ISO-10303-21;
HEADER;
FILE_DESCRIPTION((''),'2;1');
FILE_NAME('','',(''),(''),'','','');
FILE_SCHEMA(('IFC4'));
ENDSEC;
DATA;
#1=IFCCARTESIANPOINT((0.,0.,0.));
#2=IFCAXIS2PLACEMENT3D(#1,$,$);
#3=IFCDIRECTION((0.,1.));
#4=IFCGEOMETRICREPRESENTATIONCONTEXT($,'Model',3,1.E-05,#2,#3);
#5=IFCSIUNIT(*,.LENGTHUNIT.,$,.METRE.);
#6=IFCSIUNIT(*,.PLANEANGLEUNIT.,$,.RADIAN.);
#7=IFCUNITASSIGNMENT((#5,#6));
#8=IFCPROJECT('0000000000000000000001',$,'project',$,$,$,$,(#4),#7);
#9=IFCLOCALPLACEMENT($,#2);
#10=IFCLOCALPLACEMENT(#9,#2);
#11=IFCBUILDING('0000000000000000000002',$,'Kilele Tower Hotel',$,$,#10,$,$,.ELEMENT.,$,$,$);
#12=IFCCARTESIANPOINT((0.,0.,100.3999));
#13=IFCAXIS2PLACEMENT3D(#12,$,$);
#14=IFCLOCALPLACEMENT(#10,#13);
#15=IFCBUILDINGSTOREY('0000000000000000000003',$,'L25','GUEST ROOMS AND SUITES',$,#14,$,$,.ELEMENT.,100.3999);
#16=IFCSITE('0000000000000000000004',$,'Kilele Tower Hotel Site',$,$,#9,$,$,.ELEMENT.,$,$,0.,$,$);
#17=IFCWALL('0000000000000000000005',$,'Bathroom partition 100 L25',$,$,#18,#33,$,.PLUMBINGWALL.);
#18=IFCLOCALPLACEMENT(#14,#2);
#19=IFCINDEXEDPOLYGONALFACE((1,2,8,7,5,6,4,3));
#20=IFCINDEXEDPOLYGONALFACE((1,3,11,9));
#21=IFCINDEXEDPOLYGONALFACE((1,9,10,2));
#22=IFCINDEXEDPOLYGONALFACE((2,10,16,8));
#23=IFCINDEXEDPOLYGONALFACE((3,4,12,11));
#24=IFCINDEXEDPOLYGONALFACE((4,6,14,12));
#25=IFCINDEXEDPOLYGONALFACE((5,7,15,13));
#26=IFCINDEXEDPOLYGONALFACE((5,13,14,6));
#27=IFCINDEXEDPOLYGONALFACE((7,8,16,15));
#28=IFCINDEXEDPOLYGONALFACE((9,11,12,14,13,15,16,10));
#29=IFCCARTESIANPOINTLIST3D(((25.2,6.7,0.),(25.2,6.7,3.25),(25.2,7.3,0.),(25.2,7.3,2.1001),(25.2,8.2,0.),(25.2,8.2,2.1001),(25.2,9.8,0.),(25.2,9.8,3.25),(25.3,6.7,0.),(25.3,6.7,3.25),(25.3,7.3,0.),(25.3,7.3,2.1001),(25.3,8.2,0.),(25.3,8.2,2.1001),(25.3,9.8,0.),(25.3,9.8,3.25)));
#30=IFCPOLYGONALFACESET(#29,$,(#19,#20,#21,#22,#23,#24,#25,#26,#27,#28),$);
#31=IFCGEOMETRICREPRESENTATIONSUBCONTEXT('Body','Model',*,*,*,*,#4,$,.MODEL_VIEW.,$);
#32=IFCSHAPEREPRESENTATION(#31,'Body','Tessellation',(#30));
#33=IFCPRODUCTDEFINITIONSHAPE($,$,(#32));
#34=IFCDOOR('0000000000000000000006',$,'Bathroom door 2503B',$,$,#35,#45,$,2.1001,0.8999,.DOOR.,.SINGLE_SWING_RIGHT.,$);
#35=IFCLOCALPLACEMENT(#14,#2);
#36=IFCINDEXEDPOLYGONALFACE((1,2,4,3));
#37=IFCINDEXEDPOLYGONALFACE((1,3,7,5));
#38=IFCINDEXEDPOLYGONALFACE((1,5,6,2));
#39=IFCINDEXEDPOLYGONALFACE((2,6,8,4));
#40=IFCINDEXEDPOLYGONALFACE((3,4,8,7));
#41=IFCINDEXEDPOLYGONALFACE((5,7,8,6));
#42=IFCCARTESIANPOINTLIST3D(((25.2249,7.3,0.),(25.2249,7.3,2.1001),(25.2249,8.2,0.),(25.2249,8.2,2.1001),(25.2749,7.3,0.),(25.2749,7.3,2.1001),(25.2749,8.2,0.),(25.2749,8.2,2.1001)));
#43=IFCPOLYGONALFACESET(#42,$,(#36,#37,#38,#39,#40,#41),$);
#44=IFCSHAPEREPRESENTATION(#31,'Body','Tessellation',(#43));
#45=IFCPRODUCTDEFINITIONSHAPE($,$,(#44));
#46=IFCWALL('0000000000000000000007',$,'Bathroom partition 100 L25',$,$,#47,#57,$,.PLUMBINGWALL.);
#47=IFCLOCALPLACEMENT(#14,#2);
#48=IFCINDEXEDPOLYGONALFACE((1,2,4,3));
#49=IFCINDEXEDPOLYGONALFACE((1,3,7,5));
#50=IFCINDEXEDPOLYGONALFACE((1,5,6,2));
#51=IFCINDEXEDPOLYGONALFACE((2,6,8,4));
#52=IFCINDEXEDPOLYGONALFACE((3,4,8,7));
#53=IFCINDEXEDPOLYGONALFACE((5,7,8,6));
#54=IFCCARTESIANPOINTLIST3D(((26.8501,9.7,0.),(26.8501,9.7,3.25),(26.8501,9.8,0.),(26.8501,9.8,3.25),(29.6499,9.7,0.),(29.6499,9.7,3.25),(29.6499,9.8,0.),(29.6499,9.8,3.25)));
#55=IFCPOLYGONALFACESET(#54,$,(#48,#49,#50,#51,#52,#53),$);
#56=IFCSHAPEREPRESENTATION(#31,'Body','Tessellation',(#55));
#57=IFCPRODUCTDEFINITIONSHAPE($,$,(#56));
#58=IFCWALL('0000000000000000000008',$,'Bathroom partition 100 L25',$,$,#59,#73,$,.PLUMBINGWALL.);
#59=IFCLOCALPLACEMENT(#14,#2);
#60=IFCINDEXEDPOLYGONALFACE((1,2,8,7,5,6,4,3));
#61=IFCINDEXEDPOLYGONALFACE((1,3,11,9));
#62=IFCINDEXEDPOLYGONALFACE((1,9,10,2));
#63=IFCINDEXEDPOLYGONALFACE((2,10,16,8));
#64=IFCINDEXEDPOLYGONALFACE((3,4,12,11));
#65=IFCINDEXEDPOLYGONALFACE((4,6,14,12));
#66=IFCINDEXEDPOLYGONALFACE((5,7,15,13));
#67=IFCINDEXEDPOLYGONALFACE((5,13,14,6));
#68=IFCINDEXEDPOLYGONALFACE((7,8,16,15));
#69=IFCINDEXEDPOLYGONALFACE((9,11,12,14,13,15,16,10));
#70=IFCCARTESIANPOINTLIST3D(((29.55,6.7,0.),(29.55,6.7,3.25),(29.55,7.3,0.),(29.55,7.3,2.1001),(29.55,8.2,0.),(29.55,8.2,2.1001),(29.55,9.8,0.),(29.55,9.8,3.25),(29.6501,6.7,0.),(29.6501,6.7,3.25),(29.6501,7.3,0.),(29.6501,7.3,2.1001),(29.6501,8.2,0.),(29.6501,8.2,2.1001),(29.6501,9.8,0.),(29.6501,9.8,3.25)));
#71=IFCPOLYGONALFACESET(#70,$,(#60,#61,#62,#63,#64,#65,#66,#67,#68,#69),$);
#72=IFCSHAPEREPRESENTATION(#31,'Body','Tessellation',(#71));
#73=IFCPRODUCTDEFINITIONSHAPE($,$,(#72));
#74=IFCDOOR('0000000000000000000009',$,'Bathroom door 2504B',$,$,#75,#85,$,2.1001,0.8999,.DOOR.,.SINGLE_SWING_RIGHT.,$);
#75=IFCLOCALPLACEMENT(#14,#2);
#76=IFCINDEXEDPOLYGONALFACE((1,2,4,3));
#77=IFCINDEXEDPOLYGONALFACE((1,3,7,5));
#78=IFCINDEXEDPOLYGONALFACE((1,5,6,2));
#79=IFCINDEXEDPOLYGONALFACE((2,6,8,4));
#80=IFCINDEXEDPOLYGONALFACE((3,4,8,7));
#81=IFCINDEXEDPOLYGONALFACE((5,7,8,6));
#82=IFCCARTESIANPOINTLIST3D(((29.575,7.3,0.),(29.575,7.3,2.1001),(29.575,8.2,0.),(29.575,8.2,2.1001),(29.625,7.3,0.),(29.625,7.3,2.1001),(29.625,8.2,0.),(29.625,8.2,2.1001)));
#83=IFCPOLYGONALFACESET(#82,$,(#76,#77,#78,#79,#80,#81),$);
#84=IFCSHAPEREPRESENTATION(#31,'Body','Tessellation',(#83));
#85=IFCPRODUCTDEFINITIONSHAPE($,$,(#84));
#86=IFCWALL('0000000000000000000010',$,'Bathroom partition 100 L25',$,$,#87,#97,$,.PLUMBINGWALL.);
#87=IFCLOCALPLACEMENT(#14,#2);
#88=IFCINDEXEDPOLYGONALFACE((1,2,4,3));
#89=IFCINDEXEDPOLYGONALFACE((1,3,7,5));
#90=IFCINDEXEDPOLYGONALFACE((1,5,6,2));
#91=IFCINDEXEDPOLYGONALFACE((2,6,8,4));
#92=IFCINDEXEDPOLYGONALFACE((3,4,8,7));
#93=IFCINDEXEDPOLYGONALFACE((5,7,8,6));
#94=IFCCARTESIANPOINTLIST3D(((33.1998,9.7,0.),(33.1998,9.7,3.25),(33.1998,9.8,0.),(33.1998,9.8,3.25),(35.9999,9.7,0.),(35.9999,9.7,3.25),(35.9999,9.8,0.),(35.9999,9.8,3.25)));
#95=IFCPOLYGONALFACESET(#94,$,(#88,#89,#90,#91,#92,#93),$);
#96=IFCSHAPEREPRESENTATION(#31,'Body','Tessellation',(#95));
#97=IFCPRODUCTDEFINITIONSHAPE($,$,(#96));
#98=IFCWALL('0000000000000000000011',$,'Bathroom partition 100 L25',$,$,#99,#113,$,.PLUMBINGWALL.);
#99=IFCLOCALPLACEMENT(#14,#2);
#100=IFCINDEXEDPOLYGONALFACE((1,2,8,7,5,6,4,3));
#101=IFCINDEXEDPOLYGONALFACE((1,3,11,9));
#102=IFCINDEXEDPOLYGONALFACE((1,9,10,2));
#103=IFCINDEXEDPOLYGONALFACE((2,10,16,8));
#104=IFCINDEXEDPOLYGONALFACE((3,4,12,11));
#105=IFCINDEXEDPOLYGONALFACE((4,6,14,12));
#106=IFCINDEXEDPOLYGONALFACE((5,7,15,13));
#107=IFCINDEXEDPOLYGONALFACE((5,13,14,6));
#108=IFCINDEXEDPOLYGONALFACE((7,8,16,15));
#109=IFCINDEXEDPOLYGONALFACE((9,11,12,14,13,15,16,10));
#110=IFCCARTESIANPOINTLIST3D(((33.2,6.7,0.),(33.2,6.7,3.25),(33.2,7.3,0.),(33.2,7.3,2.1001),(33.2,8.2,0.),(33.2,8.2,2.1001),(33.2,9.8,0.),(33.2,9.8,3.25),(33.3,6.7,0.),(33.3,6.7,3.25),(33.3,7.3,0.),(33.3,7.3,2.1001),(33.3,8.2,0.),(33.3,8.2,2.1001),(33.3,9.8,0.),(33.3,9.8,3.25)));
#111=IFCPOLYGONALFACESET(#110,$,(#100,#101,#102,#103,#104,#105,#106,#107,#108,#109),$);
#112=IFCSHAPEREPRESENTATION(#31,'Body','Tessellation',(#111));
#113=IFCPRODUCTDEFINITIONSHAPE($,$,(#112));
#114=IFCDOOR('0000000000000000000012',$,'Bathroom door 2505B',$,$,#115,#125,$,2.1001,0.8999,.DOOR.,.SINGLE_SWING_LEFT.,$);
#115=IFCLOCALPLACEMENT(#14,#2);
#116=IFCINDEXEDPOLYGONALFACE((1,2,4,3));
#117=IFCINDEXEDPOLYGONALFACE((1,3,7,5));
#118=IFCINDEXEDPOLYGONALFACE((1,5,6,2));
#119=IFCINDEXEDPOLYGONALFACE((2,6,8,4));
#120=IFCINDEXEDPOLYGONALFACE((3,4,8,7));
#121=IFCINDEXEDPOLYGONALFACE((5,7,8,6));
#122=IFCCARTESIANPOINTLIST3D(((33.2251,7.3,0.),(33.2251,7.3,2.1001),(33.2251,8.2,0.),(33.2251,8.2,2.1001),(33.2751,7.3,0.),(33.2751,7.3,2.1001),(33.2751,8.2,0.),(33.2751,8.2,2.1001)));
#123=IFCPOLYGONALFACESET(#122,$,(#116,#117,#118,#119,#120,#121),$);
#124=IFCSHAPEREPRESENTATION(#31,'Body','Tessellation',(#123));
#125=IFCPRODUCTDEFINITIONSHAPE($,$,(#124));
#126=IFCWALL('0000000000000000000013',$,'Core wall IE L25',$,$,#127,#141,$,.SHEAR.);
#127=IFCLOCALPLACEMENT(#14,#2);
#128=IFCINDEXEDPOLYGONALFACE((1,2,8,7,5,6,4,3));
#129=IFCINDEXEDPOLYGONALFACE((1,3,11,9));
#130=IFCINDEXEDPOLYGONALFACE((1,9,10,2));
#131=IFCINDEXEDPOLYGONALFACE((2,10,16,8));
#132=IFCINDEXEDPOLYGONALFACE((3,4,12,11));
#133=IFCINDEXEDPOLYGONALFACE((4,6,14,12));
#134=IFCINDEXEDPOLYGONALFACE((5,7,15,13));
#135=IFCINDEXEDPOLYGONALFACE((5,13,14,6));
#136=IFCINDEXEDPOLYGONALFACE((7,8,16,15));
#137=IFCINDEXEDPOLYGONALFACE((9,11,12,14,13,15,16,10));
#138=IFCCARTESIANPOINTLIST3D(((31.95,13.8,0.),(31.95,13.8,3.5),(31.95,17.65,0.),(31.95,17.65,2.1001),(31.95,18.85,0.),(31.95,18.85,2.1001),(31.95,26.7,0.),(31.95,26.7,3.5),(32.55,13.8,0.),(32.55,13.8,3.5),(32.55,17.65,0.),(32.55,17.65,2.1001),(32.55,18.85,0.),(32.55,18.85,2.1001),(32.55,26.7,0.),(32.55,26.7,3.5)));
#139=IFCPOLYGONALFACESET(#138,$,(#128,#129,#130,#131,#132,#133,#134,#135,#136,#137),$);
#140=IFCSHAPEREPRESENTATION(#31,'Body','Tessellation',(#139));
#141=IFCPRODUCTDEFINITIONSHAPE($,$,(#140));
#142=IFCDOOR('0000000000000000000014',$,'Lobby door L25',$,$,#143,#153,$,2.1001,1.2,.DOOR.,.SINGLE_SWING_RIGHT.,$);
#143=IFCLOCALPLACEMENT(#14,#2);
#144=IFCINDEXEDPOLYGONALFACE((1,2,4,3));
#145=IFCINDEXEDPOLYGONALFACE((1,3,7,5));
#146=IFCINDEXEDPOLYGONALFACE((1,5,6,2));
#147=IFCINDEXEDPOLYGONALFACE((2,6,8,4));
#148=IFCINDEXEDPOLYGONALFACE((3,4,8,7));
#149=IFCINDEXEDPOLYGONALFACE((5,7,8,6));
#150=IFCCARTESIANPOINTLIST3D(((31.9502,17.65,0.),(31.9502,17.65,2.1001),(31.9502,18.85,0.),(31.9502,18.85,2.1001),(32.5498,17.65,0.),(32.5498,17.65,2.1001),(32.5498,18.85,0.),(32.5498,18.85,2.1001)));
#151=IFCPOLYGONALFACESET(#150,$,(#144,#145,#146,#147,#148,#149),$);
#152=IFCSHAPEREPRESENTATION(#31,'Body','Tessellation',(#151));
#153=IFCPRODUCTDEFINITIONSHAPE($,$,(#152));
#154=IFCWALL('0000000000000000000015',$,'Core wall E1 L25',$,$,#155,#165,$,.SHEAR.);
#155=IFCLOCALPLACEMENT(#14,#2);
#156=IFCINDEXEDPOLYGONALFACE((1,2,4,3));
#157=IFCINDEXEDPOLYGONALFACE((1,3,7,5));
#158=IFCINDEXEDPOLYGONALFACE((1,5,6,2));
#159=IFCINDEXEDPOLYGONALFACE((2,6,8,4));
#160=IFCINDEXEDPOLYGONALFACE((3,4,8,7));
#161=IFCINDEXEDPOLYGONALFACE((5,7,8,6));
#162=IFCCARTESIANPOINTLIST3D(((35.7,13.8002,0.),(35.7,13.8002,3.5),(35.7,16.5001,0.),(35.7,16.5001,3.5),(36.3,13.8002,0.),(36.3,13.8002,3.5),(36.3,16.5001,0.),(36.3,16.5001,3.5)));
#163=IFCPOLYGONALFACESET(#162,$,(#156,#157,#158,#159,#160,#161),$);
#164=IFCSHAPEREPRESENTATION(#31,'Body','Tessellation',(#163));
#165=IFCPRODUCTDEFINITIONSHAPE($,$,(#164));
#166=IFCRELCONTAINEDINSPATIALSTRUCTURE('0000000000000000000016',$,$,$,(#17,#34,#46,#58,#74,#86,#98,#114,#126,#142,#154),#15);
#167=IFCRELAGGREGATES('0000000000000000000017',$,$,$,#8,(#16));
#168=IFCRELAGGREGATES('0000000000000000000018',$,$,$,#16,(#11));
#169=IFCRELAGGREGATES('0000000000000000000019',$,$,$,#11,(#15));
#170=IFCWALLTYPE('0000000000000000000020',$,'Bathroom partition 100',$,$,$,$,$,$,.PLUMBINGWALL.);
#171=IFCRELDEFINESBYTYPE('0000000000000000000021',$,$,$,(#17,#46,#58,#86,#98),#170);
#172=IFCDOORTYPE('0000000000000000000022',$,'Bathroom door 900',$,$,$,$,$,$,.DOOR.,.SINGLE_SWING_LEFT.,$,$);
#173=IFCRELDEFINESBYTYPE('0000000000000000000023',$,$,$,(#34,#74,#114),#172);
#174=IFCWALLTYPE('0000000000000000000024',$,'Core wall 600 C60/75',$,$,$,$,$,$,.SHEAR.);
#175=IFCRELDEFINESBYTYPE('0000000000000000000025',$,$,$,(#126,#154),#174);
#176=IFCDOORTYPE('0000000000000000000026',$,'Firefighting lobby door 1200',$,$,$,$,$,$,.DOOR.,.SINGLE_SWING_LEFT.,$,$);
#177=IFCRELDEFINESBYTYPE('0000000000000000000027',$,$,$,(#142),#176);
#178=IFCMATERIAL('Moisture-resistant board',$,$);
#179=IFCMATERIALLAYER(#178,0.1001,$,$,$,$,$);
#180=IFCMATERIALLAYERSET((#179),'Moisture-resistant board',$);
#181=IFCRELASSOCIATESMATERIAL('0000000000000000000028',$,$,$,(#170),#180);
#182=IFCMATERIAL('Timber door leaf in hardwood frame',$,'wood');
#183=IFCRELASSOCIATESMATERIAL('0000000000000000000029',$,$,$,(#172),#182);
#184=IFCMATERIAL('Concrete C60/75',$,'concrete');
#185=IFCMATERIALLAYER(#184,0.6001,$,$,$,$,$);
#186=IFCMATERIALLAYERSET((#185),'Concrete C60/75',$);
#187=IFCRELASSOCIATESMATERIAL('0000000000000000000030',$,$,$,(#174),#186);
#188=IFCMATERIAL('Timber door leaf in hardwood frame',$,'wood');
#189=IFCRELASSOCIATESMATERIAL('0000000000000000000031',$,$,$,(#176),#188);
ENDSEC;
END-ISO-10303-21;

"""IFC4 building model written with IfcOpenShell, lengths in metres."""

from ifc_helpers import new_model, si_unit, direction, frame, frame_2d, origin, place, context, subcontext, project, spatial, rectangle, extrude, material, layer, layer_set, type_object, element, fill, save


model = new_model("IFC4")

# Units and contexts
model_context = context("Model", 3, precision=1e-05, world=origin(), true_north=direction((0.0, 1.0)))
body_context = subcontext(model_context, "Body", "Model", "MODEL_VIEW")
ifc_project = project(units=[si_unit("LENGTHUNIT", "METRE"), si_unit("PLANEANGLEUNIT", "RADIAN")], contexts=[model_context])

# Site, building, storey
site_placement = place(None, origin())
site = spatial("IfcSite", under=ifc_project, at=site_placement, Name="Kilele Tower Hotel Site", CompositionType="ELEMENT", RefElevation=0.0)
building_placement = place(site_placement, origin())
building = spatial("IfcBuilding", under=site, at=building_placement, Name="Kilele Tower Hotel", CompositionType="ELEMENT")
storey_placement = place(building_placement, frame((0.0, 0.0, 100.3999)))
storey = spatial("IfcBuildingStorey", under=building, at=storey_placement, Name="L25", Description="GUEST ROOMS AND SUITES", CompositionType="ELEMENT", Elevation=100.3999)

# Wall, opening, door
ifc_material_1 = material(Name="Moisture-resistant board")
ifc_layer_1 = layer(ifc_material_1, 0.1001)
ifc_layer_set_1 = layer_set([ifc_layer_1], Name="Moisture-resistant board")
wall_type_1 = type_object("IfcWallType", Name="Bathroom partition 100", PredefinedType="PLUMBINGWALL", material=ifc_layer_set_1)
wall_1_placement = place(storey_placement, frame((25.25, 9.8, 0.0), z_axis=(0.0, 0.0, 1.0), x_axis=(0.0, -1.0, 0.0)))
wall_1 = element("IfcWall", 1, at=wall_1_placement, inside=storey, type_object=wall_type_1, Name="Bathroom partition 100 L25", PredefinedType="PLUMBINGWALL", context=body_context, shape_type="SweptSolid", body=[
    extrude(rectangle(XDim=3.1001, YDim=0.1001, at=frame_2d((1.55, 0.0))), origin(), (0.0, 0.0, 1.0), 3.25),
])
opening_1_placement = place(wall_1_placement, frame((1.6001, 0.0, 0.0)))
opening_1 = element("IfcOpeningElement", 2, at=opening_1_placement, cuts=wall_1, PredefinedType="OPENING", context=body_context, shape_type="SweptSolid", body=[
    extrude(rectangle(XDim=0.8999, YDim=2.1001, at=frame_2d((0.45, 1.05))), frame((0.0, 0.0601, 0.0), z_axis=(0.0, -1.0, 0.0), x_axis=(1.0, 0.0, 0.0)), (0.0, 0.0, 1.0), 0.1201),
])
ifc_material_2 = material(Name="Timber door leaf in hardwood frame", Category="wood")
door_type_1 = type_object("IfcDoorType", Name="Bathroom door 900", OperationType="SINGLE_SWING_LEFT", PredefinedType="DOOR", material=ifc_material_2)
door_1_placement = place(opening_1_placement, origin())
door_1 = element("IfcDoor", 3, at=door_1_placement, inside=storey, type_object=door_type_1, Name="Bathroom door 2503B", OperationType="SINGLE_SWING_RIGHT", OverallHeight=2.1001, OverallWidth=0.8999, PredefinedType="DOOR", context=body_context, shape_type="SweptSolid", body=[
    extrude(rectangle(XDim=0.8999, YDim=2.1001, at=frame_2d((0.45, 1.05))), frame((0.0, 0.0249, 0.0), z_axis=(0.0, -1.0, 0.0), x_axis=(1.0, 0.0, 0.0)), (0.0, 0.0, 1.0), 0.05),
])
fill(opening_1, door_1)

# Wall
wall_2_placement = place(storey_placement, frame((26.8501, 9.75, 0.0), z_axis=(0.0, 0.0, 1.0), x_axis=(1.0, 0.0, 0.0)))
element("IfcWall", 4, at=wall_2_placement, inside=storey, type_object=wall_type_1, Name="Bathroom partition 100 L25", PredefinedType="PLUMBINGWALL", context=body_context, shape_type="SweptSolid", body=[
    extrude(rectangle(XDim=2.7998, YDim=0.1001, at=frame_2d((1.3999, 0.0))), origin(), (0.0, 0.0, 1.0), 3.25),
])

# Wall, opening, door
wall_3_placement = place(storey_placement, frame((29.6001, 9.8, 0.0), z_axis=(0.0, 0.0, 1.0), x_axis=(0.0, -1.0, 0.0)))
wall_3 = element("IfcWall", 5, at=wall_3_placement, inside=storey, type_object=wall_type_1, Name="Bathroom partition 100 L25", PredefinedType="PLUMBINGWALL", context=body_context, shape_type="SweptSolid", body=[
    extrude(rectangle(XDim=3.1001, YDim=0.1001, at=frame_2d((1.55, 0.0))), origin(), (0.0, 0.0, 1.0), 3.25),
])
opening_2_placement = place(wall_3_placement, frame((1.6001, 0.0, 0.0)))
opening_2 = element("IfcOpeningElement", 6, at=opening_2_placement, cuts=wall_3, PredefinedType="OPENING", context=body_context, shape_type="SweptSolid", body=[
    extrude(rectangle(XDim=0.8999, YDim=2.1001, at=frame_2d((0.45, 1.05))), frame((0.0, 0.0601, 0.0), z_axis=(0.0, -1.0, 0.0), x_axis=(1.0, 0.0, 0.0)), (0.0, 0.0, 1.0), 0.1201),
])
door_2_placement = place(opening_2_placement, origin())
door_2 = element("IfcDoor", 7, at=door_2_placement, inside=storey, type_object=door_type_1, Name="Bathroom door 2504B", OperationType="SINGLE_SWING_RIGHT", OverallHeight=2.1001, OverallWidth=0.8999, PredefinedType="DOOR", context=body_context, shape_type="SweptSolid", body=[
    extrude(rectangle(XDim=0.8999, YDim=2.1001, at=frame_2d((0.45, 1.05))), frame((0.0, 0.0249, 0.0), z_axis=(0.0, -1.0, 0.0), x_axis=(1.0, 0.0, 0.0)), (0.0, 0.0, 1.0), 0.05),
])
fill(opening_2, door_2)

# Wall
wall_4_placement = place(storey_placement, frame((33.2, 9.75, 0.0), z_axis=(0.0, 0.0, 1.0), x_axis=(1.0, 0.0, 0.0)))
element("IfcWall", 8, at=wall_4_placement, inside=storey, type_object=wall_type_1, Name="Bathroom partition 100 L25", PredefinedType="PLUMBINGWALL", context=body_context, shape_type="SweptSolid", body=[
    extrude(rectangle(XDim=2.8, YDim=0.1001, at=frame_2d((1.3999, 0.0))), origin(), (0.0, 0.0, 1.0), 3.25),
])

# Walls, openings, doors
wall_5_placement = place(storey_placement, frame((33.25, 9.8, 0.0), z_axis=(0.0, 0.0, 1.0), x_axis=(0.0, -1.0, 0.0)))
wall_5 = element("IfcWall", 9, at=wall_5_placement, inside=storey, type_object=wall_type_1, Name="Bathroom partition 100 L25", PredefinedType="PLUMBINGWALL", context=body_context, shape_type="SweptSolid", body=[
    extrude(rectangle(XDim=3.1001, YDim=0.1001, at=frame_2d((1.55, 0.0))), origin(), (0.0, 0.0, 1.0), 3.25),
])
opening_3_placement = place(wall_5_placement, frame((2.5, 0.0, 0.0), z_axis=(0.0, 0.0, 1.0), x_axis=(-1.0, 0.0, 0.0)))
opening_3 = element("IfcOpeningElement", 10, at=opening_3_placement, cuts=wall_5, PredefinedType="OPENING", context=body_context, shape_type="SweptSolid", body=[
    extrude(rectangle(XDim=0.8999, YDim=2.1001, at=frame_2d((0.45, 1.05))), frame((0.0, 0.0601, 0.0), z_axis=(0.0, -1.0, 0.0), x_axis=(1.0, 0.0, 0.0)), (0.0, 0.0, 1.0), 0.1201),
])
door_3_placement = place(opening_3_placement, origin())
door_3 = element("IfcDoor", 11, at=door_3_placement, inside=storey, type_object=door_type_1, Name="Bathroom door 2505B", OperationType="SINGLE_SWING_LEFT", OverallHeight=2.1001, OverallWidth=0.8999, PredefinedType="DOOR", context=body_context, shape_type="SweptSolid", body=[
    extrude(rectangle(XDim=0.8999, YDim=2.1001, at=frame_2d((0.45, 1.05))), frame((0.0, 0.0249, 0.0), z_axis=(0.0, -1.0, 0.0), x_axis=(1.0, 0.0, 0.0)), (0.0, 0.0, 1.0), 0.05),
])
fill(opening_3, door_3)
ifc_material_3 = material(Name="Concrete C60/75", Category="concrete")
ifc_layer_2 = layer(ifc_material_3, 0.6001)
ifc_layer_set_2 = layer_set([ifc_layer_2], Name="Concrete C60/75")
wall_type_2 = type_object("IfcWallType", Name="Core wall 600 C60/75", PredefinedType="SHEAR", material=ifc_layer_set_2)
wall_6_placement = place(storey_placement, frame((32.25, 13.8, 0.0), z_axis=(0.0, 0.0, 1.0), x_axis=(0.0, 1.0, 0.0)))
wall_6 = element("IfcWall", 12, at=wall_6_placement, inside=storey, type_object=wall_type_2, Name="Core wall IE L25", PredefinedType="SHEAR", context=body_context, shape_type="SweptSolid", body=[
    extrude(rectangle(XDim=12.8999, YDim=0.6001, at=frame_2d((6.45, 0.0))), origin(), (0.0, 0.0, 1.0), 3.5),
])
opening_4_placement = place(wall_6_placement, frame((5.05, 0.0, 0.0), z_axis=(0.0, 0.0, 1.0), x_axis=(-1.0, 0.0, 0.0)))
opening_4 = element("IfcOpeningElement", 13, at=opening_4_placement, cuts=wall_6, PredefinedType="OPENING", context=body_context, shape_type="SweptSolid", body=[
    extrude(rectangle(XDim=1.2, YDim=2.1001, at=frame_2d((0.6001, 1.05))), frame((0.0, 0.3101, 0.0), z_axis=(0.0, -1.0, 0.0), x_axis=(1.0, 0.0, 0.0)), (0.0, 0.0, 1.0), 0.6201),
])
ifc_material_4 = material(Name="Timber door leaf in hardwood frame", Category="wood")
door_type_2 = type_object("IfcDoorType", Name="Firefighting lobby door 1200", OperationType="SINGLE_SWING_LEFT", PredefinedType="DOOR", material=ifc_material_4)
door_4_placement = place(opening_4_placement, origin())
door_4 = element("IfcDoor", 14, at=door_4_placement, inside=storey, type_object=door_type_2, Name="Lobby door L25", OperationType="SINGLE_SWING_RIGHT", OverallHeight=2.1001, OverallWidth=1.2, PredefinedType="DOOR", context=body_context, shape_type="SweptSolid", body=[
    extrude(rectangle(XDim=1.2, YDim=2.1001, at=frame_2d((0.6001, 1.05))), frame((0.0, 0.2998, 0.0), z_axis=(0.0, -1.0, 0.0), x_axis=(1.0, 0.0, 0.0)), (0.0, 0.0, 1.0), 0.5996),
])
fill(opening_4, door_4)

# Wall
wall_7_placement = place(storey_placement, frame((36.0, 13.8, 0.0), z_axis=(0.0, 0.0, 1.0), x_axis=(0.0, 1.0, 0.0)))
element("IfcWall", 15, at=wall_7_placement, inside=storey, type_object=wall_type_2, Name="Core wall E1 L25", PredefinedType="SHEAR", context=body_context, shape_type="SweptSolid", body=[
    extrude(rectangle(XDim=2.7, YDim=0.6001, at=frame_2d((1.3501, 0.0))), origin(), (0.0, 0.0, 1.0), 3.5),
])

save(model, "model.ifc")
